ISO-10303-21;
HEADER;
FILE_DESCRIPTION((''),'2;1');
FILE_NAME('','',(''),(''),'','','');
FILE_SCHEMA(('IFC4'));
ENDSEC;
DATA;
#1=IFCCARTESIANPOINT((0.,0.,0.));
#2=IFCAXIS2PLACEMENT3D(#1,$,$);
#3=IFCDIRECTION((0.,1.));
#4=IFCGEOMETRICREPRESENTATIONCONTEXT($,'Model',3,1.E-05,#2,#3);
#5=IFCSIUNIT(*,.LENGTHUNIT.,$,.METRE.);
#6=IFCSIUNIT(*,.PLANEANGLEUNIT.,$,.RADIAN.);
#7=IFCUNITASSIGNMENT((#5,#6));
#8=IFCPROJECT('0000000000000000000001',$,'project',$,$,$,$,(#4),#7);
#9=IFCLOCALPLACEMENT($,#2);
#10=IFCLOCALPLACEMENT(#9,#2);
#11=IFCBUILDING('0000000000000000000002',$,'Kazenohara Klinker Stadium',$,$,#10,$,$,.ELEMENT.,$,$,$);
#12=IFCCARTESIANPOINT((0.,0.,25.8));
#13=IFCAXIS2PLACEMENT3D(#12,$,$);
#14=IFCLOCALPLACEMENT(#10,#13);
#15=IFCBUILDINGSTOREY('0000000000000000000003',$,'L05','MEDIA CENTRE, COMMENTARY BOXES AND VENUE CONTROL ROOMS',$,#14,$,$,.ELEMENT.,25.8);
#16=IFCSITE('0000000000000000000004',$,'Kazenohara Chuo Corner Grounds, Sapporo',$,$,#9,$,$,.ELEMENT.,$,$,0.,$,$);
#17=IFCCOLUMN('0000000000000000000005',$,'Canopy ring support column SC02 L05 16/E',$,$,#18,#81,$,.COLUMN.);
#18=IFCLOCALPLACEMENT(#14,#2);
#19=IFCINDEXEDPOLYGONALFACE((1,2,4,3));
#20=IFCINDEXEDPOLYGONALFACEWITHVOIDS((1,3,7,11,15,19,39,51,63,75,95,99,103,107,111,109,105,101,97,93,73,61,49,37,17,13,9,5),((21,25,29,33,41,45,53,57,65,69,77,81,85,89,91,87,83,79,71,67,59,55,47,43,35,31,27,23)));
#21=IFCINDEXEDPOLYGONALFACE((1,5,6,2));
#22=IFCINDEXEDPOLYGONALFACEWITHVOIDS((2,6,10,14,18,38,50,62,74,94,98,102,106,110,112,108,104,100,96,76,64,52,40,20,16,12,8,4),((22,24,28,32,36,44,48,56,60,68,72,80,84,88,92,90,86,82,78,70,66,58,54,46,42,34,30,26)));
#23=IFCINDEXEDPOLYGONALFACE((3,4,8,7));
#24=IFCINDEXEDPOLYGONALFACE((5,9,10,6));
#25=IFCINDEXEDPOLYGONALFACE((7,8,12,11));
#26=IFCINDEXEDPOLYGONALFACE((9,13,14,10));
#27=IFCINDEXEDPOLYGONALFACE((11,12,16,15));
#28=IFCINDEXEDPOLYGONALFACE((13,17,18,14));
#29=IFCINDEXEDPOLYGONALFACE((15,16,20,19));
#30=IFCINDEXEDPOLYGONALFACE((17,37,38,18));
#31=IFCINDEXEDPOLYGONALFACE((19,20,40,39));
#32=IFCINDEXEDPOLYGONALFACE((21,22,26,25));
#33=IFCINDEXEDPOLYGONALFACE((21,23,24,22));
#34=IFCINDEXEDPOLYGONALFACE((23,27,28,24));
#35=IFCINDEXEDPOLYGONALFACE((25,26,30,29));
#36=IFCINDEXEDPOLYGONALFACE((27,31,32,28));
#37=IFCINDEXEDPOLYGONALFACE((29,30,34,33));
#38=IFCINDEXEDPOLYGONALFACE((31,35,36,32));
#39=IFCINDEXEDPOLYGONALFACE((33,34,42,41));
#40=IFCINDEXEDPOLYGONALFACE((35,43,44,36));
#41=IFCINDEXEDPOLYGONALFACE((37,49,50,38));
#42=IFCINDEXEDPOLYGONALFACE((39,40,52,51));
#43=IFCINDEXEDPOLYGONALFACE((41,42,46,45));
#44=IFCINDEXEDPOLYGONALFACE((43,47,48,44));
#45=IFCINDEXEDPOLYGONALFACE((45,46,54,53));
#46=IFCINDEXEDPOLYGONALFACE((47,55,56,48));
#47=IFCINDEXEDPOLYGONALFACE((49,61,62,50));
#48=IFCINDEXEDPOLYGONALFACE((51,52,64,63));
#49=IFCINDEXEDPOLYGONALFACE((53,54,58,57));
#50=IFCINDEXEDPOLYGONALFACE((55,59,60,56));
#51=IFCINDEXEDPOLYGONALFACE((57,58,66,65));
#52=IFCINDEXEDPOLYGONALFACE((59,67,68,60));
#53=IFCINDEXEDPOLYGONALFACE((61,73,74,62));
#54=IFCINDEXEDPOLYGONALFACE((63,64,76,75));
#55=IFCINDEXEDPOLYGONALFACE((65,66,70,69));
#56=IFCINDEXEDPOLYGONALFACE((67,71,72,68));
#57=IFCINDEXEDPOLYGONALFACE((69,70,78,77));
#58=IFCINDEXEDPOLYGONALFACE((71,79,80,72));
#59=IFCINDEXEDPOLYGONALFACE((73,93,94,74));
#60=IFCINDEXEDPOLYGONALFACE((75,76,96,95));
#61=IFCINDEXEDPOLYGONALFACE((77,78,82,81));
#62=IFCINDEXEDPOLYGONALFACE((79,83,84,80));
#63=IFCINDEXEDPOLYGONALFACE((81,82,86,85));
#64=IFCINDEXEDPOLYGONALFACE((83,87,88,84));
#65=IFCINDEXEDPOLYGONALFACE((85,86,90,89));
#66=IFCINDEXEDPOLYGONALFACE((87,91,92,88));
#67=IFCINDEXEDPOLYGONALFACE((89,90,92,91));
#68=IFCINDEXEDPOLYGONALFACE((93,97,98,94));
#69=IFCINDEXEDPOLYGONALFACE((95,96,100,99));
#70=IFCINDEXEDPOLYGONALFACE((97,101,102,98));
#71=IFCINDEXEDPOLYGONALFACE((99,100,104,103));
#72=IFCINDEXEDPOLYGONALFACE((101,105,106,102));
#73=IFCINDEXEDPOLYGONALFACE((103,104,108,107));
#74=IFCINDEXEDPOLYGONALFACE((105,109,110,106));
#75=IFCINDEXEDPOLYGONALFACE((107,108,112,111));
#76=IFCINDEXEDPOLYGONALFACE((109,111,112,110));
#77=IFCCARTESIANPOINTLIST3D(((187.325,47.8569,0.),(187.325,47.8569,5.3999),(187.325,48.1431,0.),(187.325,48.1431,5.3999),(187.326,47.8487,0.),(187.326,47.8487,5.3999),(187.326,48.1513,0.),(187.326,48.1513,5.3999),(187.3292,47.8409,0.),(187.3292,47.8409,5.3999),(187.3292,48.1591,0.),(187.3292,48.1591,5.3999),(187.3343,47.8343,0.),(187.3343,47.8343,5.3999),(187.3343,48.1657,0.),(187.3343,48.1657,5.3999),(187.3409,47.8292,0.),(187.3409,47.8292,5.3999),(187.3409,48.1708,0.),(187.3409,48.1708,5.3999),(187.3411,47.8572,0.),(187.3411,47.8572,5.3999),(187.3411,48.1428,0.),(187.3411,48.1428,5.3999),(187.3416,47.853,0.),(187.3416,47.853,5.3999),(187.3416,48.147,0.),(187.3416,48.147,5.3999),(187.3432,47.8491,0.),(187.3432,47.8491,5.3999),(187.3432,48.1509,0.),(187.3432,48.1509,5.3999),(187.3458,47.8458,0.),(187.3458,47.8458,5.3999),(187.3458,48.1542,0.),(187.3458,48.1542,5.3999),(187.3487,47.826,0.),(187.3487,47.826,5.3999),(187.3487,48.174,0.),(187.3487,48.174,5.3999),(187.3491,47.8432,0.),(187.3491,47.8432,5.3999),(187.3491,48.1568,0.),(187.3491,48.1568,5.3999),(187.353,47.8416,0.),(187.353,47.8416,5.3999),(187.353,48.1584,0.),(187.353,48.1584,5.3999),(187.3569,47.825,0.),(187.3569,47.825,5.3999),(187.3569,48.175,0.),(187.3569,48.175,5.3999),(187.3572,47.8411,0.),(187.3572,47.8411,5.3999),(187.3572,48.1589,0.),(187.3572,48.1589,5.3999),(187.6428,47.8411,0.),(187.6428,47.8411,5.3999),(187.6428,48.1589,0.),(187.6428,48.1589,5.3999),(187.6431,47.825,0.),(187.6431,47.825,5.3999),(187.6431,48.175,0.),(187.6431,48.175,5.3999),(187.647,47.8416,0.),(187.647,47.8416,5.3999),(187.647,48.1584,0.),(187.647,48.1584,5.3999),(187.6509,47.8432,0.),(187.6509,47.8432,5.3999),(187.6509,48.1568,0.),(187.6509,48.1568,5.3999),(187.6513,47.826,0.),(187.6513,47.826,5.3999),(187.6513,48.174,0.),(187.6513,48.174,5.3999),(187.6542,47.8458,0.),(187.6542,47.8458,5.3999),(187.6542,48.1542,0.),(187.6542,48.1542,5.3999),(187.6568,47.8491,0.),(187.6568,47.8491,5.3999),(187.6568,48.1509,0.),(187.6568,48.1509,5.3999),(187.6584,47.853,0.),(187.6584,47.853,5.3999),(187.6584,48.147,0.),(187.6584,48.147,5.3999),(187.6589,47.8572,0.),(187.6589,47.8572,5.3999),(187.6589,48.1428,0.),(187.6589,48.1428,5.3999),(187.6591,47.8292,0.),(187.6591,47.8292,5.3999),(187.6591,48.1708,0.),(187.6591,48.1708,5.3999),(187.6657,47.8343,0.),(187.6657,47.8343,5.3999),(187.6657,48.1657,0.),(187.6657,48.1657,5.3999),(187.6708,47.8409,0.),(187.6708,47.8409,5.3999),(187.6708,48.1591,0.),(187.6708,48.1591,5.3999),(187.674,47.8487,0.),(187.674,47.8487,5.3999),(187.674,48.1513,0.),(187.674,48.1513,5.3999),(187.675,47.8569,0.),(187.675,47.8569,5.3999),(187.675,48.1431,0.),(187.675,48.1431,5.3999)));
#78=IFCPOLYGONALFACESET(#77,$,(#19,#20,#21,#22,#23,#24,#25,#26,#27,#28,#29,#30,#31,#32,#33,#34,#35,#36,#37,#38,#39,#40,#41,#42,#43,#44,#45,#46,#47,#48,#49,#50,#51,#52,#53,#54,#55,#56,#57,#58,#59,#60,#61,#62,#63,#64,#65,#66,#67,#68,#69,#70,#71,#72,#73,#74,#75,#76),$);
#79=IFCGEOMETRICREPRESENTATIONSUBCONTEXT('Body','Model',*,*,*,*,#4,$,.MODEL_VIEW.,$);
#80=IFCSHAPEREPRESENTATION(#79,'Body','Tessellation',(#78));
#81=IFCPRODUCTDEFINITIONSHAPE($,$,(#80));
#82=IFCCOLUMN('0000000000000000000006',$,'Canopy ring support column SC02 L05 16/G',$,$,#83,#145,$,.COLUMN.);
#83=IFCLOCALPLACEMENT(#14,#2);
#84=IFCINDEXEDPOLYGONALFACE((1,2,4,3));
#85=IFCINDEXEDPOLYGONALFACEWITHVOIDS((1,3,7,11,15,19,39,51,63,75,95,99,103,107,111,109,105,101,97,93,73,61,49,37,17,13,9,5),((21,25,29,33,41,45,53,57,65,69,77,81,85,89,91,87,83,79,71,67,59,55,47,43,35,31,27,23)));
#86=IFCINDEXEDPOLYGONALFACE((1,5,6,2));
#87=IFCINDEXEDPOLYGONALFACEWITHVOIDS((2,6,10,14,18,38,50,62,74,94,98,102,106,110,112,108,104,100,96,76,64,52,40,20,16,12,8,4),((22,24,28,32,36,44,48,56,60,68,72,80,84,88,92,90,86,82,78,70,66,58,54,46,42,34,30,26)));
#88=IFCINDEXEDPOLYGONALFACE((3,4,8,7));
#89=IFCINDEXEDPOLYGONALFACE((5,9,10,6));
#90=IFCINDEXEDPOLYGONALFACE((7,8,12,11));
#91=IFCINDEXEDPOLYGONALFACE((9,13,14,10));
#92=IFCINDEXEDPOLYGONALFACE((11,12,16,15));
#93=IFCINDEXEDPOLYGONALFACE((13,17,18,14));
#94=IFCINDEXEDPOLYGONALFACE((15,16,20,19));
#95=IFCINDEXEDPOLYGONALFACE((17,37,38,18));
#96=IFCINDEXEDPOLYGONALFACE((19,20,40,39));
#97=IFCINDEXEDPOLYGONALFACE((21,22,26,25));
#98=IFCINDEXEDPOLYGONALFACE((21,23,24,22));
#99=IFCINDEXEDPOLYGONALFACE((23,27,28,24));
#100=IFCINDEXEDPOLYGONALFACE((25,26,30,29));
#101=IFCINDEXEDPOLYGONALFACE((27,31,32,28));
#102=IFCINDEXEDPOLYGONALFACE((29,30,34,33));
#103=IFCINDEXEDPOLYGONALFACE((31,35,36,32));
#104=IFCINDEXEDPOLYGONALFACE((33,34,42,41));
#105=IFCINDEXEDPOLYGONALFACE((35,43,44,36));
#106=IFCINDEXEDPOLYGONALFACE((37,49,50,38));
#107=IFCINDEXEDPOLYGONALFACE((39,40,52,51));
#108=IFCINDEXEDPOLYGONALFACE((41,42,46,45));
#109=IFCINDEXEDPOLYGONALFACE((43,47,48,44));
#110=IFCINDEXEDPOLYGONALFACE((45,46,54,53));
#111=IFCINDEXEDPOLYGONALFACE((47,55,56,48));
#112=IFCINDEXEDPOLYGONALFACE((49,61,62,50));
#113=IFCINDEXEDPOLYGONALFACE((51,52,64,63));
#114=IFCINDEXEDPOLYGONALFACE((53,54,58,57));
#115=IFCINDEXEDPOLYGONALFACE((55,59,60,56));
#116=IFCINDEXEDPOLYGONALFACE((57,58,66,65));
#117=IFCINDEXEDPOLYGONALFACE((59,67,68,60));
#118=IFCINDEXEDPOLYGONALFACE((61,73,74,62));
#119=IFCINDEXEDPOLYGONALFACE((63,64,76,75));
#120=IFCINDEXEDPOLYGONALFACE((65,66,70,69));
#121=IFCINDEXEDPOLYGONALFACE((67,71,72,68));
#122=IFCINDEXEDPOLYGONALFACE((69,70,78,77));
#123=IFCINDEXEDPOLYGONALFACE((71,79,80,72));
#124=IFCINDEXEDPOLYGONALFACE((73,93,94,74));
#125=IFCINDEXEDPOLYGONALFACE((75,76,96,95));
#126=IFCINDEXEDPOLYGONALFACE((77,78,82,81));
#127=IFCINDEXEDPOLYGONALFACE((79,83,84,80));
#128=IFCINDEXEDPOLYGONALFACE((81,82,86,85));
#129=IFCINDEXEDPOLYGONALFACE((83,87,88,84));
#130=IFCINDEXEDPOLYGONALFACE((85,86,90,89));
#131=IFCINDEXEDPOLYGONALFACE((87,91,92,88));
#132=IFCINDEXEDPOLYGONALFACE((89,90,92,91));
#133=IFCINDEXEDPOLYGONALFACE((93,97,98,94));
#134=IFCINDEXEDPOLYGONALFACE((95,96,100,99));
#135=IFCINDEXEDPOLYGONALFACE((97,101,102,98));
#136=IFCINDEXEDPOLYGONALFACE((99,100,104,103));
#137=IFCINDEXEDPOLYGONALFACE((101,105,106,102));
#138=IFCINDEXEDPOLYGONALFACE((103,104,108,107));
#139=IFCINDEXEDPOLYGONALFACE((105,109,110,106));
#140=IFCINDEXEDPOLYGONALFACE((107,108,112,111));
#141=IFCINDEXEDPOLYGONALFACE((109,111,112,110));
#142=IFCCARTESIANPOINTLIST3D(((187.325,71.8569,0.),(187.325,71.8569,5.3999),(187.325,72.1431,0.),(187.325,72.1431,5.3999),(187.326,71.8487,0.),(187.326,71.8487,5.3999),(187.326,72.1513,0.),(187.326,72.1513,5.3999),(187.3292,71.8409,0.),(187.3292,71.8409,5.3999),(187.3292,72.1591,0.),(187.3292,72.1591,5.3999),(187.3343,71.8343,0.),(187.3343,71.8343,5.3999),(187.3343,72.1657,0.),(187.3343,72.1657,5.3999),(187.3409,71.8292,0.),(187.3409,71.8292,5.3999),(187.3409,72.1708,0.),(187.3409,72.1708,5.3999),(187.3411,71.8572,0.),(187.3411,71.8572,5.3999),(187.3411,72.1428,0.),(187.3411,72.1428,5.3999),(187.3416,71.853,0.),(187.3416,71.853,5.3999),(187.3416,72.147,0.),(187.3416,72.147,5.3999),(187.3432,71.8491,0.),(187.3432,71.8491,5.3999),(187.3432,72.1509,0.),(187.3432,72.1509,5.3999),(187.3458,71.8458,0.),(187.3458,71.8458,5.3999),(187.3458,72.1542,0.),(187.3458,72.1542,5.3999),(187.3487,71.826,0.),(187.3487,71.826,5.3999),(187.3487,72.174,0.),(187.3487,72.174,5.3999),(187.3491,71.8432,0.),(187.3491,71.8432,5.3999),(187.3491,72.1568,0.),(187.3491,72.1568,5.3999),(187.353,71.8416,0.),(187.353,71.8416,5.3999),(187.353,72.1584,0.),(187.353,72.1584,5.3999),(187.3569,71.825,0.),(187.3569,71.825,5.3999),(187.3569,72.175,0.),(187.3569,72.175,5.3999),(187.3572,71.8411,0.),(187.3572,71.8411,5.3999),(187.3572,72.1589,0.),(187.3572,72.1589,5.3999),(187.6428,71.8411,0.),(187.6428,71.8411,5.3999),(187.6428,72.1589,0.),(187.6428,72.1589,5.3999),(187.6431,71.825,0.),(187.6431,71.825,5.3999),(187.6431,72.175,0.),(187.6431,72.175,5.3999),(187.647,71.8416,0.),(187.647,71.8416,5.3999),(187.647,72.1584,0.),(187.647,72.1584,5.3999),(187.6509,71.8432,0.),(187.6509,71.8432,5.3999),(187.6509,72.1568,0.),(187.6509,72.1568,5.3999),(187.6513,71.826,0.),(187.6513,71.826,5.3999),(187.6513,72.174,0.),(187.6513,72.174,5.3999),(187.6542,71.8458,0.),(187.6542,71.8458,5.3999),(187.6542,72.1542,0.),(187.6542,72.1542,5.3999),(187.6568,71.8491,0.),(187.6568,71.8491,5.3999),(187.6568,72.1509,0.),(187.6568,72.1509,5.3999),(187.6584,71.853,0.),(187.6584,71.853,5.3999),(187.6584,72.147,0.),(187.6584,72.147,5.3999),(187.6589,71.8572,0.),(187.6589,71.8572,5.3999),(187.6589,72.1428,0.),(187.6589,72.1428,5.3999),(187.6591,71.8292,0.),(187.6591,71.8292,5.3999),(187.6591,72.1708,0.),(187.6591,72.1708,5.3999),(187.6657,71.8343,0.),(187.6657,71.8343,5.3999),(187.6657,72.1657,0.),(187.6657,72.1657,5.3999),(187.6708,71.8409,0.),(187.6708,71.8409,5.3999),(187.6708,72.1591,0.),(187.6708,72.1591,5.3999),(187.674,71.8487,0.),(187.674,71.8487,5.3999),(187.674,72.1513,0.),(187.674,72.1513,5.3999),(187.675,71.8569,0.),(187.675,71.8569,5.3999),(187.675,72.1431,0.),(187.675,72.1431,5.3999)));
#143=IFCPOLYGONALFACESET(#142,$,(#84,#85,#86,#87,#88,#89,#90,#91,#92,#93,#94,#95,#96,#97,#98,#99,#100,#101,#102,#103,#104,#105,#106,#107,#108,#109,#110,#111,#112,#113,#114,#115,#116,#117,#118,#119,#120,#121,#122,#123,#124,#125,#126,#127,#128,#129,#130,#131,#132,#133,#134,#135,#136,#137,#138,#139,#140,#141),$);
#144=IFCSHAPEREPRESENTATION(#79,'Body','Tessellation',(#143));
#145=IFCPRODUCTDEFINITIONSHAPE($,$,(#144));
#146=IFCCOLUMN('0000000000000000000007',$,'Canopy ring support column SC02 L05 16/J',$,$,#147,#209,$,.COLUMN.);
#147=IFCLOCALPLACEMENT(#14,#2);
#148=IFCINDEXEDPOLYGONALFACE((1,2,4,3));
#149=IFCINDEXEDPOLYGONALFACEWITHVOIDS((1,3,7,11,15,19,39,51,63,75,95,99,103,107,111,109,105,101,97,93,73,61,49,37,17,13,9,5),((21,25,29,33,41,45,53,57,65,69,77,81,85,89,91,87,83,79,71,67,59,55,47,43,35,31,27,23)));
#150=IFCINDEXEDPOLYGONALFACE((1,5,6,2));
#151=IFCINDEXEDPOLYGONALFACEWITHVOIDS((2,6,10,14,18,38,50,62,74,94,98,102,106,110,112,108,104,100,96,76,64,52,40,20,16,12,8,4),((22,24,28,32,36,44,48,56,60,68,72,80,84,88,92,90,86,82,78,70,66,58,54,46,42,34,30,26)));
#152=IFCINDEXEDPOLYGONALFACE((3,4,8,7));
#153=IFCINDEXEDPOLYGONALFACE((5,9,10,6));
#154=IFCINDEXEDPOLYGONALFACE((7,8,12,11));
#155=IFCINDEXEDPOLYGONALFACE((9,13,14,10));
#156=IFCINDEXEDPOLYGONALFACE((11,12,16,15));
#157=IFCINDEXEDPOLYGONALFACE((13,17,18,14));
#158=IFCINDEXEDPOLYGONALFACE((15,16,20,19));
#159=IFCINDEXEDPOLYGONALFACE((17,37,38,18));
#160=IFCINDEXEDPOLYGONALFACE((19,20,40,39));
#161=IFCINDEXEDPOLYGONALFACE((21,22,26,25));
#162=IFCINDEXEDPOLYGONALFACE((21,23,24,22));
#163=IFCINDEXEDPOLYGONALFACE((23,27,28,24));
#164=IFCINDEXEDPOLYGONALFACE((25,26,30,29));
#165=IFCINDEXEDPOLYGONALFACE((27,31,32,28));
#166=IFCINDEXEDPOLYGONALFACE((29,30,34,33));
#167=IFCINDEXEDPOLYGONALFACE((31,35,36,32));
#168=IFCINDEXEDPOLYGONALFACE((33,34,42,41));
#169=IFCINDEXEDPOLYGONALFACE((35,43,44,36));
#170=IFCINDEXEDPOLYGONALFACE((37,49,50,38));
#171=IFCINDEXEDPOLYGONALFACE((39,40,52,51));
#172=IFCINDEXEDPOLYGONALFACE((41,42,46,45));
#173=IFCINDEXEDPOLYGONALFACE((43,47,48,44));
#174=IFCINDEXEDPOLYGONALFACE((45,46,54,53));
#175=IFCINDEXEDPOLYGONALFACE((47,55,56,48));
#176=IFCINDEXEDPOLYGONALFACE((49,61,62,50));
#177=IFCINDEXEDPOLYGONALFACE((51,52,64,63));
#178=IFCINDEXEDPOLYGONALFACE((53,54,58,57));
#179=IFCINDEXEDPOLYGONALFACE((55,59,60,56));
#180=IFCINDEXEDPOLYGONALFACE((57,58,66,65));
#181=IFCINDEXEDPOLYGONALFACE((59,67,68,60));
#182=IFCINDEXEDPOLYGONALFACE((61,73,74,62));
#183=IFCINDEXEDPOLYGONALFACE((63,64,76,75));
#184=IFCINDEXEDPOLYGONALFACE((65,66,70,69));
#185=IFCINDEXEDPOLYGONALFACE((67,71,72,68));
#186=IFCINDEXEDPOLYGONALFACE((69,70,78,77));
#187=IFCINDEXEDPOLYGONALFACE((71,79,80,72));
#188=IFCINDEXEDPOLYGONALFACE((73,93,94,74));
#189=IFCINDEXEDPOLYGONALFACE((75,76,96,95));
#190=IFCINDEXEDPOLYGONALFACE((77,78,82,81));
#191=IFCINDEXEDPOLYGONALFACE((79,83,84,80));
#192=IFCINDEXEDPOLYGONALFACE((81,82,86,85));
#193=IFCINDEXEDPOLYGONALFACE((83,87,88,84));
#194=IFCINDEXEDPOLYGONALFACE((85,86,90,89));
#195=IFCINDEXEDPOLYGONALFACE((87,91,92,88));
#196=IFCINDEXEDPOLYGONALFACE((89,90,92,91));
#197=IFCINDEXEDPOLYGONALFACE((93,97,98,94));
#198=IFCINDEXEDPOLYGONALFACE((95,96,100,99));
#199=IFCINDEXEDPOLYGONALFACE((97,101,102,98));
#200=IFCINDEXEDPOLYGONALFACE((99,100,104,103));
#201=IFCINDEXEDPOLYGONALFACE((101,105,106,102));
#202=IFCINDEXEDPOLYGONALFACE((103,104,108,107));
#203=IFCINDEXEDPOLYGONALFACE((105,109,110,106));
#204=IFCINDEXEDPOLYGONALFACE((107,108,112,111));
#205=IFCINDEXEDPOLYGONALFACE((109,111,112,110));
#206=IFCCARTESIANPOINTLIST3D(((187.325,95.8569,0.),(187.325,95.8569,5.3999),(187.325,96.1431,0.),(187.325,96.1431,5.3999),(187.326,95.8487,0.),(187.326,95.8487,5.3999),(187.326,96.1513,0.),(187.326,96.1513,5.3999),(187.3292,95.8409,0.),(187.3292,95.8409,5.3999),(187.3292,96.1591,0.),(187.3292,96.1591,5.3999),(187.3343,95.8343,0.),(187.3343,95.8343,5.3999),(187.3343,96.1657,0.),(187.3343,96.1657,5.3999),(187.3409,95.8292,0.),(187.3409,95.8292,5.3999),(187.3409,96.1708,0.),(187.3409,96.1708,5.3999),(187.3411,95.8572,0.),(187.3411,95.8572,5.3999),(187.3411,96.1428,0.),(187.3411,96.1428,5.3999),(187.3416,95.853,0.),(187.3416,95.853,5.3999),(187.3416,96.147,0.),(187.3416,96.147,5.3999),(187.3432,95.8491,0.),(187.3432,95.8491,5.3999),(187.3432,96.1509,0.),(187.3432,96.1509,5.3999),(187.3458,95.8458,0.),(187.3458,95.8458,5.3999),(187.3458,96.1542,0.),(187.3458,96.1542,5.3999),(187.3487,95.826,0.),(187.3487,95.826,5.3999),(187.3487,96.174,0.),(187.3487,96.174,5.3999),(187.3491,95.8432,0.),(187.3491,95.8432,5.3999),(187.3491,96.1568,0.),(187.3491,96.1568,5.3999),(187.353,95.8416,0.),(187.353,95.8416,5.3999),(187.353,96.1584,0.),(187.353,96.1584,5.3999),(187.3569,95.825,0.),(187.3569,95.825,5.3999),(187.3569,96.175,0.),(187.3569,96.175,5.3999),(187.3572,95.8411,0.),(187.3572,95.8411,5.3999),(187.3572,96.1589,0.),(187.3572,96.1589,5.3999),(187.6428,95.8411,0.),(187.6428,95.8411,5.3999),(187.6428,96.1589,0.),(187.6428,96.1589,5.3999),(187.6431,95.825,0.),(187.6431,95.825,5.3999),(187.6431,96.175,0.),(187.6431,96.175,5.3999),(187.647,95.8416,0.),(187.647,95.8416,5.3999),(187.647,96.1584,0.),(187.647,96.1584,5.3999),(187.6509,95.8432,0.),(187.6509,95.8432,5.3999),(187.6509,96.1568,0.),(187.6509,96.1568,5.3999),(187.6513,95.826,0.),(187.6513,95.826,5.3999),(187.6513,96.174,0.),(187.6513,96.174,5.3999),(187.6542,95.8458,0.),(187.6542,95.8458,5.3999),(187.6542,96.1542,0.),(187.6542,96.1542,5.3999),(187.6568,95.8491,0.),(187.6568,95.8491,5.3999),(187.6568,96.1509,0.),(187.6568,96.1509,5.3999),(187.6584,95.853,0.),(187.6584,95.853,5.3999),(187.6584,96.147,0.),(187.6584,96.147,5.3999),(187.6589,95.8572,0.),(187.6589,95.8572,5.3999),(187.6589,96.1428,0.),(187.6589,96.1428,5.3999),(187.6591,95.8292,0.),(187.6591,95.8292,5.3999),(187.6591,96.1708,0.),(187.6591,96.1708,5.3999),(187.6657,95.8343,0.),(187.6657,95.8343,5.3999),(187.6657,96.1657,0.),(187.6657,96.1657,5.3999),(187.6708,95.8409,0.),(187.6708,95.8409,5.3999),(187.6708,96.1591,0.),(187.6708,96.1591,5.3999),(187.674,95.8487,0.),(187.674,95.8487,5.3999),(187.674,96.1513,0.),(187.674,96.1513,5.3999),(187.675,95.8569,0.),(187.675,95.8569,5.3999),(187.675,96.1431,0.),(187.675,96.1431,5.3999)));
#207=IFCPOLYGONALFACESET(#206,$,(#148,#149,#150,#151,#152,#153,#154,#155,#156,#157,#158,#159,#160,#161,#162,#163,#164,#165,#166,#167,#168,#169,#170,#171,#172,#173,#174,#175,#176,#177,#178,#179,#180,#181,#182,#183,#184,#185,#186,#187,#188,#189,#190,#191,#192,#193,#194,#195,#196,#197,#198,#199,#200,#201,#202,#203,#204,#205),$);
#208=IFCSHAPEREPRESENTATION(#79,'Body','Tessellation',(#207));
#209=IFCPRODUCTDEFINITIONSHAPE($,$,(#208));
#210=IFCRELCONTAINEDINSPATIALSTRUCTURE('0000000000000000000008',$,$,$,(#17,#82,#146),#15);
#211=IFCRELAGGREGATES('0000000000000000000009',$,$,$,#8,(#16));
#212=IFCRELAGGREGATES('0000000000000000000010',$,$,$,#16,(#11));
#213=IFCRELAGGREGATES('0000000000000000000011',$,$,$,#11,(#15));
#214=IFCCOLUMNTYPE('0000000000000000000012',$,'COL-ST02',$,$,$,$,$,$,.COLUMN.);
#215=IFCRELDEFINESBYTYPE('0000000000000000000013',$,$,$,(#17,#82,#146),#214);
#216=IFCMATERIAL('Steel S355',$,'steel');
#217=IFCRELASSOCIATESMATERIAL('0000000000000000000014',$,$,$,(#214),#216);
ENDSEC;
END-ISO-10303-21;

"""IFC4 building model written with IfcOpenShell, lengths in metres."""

from ifc_helpers import new_model, si_unit, direction, frame, origin, origin_2d, place, context, subcontext, project, spatial, hollow_rectangle, extrude, material, material_profile, profile_set, type_object, element, save


model = new_model("IFC4")

# Units and contexts
model_context = context("Model", 3, precision=1e-05, world=origin(), true_north=direction((0.0, 1.0)))
body_context = subcontext(model_context, "Body", "Model", "MODEL_VIEW")
ifc_project = project(units=[si_unit("LENGTHUNIT", "METRE"), si_unit("PLANEANGLEUNIT", "RADIAN")], contexts=[model_context])

# Site, building, storey
site_placement = place(None, origin())
site = spatial("IfcSite", under=ifc_project, at=site_placement, Name="Kazenohara Chuo Corner Grounds, Sapporo", CompositionType="ELEMENT", RefElevation=0.0)
building_placement = place(site_placement, origin())
building = spatial("IfcBuilding", under=site, at=building_placement, Name="Kazenohara Klinker Stadium", CompositionType="ELEMENT")
storey_placement = place(building_placement, frame((0.0, 0.0, 25.8)))
storey = spatial("IfcBuildingStorey", under=building, at=storey_placement, Name="L05", Description="MEDIA CENTRE, COMMENTARY BOXES AND VENUE CONTROL ROOMS", CompositionType="ELEMENT", Elevation=25.8)

# Columns
ifc_material_1 = material(Name="Steel S355", Category="steel")
ifc_material_profile_1 = material_profile(ifc_material_1, hollow_rectangle(XDim=0.3501, YDim=0.3501, WallThickness=0.0161, InnerFilletRadius=0.0161, OuterFilletRadius=0.032, at=origin_2d()), Name="SHS-350x350x16")
ifc_profile_set_1 = profile_set([ifc_material_profile_1], Name="Steel S355")
column_type_1 = type_object("IfcColumnType", Name="COL-ST02", PredefinedType="COLUMN", material=ifc_profile_set_1)
for number, where, z_axis, x_axis, name in (
    (1, (187.5, 48.0, 0.0), (0.0, 0.0, 1.0), (1.0, 0.0, 0.0), "Canopy ring support column SC02 L05 16/E"),
    (2, (187.5, 72.0, 0.0), (0.0, 0.0, 1.0), (1.0, 0.0, 0.0), "Canopy ring support column SC02 L05 16/G"),
    (3, (187.5, 96.0, 0.0), (0.0, 0.0, 1.0), (1.0, 0.0, 0.0), "Canopy ring support column SC02 L05 16/J"),
):
    element("IfcColumn", number, at=place(storey_placement, frame(where, z_axis=z_axis, x_axis=x_axis)), inside=storey, type_object=column_type_1, Name=name, PredefinedType="COLUMN", context=body_context, shape_type="SweptSolid", body=[
        extrude(hollow_rectangle(XDim=0.3501, YDim=0.3501, WallThickness=0.0161, InnerFilletRadius=0.0161, OuterFilletRadius=0.032, at=origin_2d()), origin(), (0.0, 0.0, 1.0), 5.3999),
    ])

save(model, "model.ifc")
